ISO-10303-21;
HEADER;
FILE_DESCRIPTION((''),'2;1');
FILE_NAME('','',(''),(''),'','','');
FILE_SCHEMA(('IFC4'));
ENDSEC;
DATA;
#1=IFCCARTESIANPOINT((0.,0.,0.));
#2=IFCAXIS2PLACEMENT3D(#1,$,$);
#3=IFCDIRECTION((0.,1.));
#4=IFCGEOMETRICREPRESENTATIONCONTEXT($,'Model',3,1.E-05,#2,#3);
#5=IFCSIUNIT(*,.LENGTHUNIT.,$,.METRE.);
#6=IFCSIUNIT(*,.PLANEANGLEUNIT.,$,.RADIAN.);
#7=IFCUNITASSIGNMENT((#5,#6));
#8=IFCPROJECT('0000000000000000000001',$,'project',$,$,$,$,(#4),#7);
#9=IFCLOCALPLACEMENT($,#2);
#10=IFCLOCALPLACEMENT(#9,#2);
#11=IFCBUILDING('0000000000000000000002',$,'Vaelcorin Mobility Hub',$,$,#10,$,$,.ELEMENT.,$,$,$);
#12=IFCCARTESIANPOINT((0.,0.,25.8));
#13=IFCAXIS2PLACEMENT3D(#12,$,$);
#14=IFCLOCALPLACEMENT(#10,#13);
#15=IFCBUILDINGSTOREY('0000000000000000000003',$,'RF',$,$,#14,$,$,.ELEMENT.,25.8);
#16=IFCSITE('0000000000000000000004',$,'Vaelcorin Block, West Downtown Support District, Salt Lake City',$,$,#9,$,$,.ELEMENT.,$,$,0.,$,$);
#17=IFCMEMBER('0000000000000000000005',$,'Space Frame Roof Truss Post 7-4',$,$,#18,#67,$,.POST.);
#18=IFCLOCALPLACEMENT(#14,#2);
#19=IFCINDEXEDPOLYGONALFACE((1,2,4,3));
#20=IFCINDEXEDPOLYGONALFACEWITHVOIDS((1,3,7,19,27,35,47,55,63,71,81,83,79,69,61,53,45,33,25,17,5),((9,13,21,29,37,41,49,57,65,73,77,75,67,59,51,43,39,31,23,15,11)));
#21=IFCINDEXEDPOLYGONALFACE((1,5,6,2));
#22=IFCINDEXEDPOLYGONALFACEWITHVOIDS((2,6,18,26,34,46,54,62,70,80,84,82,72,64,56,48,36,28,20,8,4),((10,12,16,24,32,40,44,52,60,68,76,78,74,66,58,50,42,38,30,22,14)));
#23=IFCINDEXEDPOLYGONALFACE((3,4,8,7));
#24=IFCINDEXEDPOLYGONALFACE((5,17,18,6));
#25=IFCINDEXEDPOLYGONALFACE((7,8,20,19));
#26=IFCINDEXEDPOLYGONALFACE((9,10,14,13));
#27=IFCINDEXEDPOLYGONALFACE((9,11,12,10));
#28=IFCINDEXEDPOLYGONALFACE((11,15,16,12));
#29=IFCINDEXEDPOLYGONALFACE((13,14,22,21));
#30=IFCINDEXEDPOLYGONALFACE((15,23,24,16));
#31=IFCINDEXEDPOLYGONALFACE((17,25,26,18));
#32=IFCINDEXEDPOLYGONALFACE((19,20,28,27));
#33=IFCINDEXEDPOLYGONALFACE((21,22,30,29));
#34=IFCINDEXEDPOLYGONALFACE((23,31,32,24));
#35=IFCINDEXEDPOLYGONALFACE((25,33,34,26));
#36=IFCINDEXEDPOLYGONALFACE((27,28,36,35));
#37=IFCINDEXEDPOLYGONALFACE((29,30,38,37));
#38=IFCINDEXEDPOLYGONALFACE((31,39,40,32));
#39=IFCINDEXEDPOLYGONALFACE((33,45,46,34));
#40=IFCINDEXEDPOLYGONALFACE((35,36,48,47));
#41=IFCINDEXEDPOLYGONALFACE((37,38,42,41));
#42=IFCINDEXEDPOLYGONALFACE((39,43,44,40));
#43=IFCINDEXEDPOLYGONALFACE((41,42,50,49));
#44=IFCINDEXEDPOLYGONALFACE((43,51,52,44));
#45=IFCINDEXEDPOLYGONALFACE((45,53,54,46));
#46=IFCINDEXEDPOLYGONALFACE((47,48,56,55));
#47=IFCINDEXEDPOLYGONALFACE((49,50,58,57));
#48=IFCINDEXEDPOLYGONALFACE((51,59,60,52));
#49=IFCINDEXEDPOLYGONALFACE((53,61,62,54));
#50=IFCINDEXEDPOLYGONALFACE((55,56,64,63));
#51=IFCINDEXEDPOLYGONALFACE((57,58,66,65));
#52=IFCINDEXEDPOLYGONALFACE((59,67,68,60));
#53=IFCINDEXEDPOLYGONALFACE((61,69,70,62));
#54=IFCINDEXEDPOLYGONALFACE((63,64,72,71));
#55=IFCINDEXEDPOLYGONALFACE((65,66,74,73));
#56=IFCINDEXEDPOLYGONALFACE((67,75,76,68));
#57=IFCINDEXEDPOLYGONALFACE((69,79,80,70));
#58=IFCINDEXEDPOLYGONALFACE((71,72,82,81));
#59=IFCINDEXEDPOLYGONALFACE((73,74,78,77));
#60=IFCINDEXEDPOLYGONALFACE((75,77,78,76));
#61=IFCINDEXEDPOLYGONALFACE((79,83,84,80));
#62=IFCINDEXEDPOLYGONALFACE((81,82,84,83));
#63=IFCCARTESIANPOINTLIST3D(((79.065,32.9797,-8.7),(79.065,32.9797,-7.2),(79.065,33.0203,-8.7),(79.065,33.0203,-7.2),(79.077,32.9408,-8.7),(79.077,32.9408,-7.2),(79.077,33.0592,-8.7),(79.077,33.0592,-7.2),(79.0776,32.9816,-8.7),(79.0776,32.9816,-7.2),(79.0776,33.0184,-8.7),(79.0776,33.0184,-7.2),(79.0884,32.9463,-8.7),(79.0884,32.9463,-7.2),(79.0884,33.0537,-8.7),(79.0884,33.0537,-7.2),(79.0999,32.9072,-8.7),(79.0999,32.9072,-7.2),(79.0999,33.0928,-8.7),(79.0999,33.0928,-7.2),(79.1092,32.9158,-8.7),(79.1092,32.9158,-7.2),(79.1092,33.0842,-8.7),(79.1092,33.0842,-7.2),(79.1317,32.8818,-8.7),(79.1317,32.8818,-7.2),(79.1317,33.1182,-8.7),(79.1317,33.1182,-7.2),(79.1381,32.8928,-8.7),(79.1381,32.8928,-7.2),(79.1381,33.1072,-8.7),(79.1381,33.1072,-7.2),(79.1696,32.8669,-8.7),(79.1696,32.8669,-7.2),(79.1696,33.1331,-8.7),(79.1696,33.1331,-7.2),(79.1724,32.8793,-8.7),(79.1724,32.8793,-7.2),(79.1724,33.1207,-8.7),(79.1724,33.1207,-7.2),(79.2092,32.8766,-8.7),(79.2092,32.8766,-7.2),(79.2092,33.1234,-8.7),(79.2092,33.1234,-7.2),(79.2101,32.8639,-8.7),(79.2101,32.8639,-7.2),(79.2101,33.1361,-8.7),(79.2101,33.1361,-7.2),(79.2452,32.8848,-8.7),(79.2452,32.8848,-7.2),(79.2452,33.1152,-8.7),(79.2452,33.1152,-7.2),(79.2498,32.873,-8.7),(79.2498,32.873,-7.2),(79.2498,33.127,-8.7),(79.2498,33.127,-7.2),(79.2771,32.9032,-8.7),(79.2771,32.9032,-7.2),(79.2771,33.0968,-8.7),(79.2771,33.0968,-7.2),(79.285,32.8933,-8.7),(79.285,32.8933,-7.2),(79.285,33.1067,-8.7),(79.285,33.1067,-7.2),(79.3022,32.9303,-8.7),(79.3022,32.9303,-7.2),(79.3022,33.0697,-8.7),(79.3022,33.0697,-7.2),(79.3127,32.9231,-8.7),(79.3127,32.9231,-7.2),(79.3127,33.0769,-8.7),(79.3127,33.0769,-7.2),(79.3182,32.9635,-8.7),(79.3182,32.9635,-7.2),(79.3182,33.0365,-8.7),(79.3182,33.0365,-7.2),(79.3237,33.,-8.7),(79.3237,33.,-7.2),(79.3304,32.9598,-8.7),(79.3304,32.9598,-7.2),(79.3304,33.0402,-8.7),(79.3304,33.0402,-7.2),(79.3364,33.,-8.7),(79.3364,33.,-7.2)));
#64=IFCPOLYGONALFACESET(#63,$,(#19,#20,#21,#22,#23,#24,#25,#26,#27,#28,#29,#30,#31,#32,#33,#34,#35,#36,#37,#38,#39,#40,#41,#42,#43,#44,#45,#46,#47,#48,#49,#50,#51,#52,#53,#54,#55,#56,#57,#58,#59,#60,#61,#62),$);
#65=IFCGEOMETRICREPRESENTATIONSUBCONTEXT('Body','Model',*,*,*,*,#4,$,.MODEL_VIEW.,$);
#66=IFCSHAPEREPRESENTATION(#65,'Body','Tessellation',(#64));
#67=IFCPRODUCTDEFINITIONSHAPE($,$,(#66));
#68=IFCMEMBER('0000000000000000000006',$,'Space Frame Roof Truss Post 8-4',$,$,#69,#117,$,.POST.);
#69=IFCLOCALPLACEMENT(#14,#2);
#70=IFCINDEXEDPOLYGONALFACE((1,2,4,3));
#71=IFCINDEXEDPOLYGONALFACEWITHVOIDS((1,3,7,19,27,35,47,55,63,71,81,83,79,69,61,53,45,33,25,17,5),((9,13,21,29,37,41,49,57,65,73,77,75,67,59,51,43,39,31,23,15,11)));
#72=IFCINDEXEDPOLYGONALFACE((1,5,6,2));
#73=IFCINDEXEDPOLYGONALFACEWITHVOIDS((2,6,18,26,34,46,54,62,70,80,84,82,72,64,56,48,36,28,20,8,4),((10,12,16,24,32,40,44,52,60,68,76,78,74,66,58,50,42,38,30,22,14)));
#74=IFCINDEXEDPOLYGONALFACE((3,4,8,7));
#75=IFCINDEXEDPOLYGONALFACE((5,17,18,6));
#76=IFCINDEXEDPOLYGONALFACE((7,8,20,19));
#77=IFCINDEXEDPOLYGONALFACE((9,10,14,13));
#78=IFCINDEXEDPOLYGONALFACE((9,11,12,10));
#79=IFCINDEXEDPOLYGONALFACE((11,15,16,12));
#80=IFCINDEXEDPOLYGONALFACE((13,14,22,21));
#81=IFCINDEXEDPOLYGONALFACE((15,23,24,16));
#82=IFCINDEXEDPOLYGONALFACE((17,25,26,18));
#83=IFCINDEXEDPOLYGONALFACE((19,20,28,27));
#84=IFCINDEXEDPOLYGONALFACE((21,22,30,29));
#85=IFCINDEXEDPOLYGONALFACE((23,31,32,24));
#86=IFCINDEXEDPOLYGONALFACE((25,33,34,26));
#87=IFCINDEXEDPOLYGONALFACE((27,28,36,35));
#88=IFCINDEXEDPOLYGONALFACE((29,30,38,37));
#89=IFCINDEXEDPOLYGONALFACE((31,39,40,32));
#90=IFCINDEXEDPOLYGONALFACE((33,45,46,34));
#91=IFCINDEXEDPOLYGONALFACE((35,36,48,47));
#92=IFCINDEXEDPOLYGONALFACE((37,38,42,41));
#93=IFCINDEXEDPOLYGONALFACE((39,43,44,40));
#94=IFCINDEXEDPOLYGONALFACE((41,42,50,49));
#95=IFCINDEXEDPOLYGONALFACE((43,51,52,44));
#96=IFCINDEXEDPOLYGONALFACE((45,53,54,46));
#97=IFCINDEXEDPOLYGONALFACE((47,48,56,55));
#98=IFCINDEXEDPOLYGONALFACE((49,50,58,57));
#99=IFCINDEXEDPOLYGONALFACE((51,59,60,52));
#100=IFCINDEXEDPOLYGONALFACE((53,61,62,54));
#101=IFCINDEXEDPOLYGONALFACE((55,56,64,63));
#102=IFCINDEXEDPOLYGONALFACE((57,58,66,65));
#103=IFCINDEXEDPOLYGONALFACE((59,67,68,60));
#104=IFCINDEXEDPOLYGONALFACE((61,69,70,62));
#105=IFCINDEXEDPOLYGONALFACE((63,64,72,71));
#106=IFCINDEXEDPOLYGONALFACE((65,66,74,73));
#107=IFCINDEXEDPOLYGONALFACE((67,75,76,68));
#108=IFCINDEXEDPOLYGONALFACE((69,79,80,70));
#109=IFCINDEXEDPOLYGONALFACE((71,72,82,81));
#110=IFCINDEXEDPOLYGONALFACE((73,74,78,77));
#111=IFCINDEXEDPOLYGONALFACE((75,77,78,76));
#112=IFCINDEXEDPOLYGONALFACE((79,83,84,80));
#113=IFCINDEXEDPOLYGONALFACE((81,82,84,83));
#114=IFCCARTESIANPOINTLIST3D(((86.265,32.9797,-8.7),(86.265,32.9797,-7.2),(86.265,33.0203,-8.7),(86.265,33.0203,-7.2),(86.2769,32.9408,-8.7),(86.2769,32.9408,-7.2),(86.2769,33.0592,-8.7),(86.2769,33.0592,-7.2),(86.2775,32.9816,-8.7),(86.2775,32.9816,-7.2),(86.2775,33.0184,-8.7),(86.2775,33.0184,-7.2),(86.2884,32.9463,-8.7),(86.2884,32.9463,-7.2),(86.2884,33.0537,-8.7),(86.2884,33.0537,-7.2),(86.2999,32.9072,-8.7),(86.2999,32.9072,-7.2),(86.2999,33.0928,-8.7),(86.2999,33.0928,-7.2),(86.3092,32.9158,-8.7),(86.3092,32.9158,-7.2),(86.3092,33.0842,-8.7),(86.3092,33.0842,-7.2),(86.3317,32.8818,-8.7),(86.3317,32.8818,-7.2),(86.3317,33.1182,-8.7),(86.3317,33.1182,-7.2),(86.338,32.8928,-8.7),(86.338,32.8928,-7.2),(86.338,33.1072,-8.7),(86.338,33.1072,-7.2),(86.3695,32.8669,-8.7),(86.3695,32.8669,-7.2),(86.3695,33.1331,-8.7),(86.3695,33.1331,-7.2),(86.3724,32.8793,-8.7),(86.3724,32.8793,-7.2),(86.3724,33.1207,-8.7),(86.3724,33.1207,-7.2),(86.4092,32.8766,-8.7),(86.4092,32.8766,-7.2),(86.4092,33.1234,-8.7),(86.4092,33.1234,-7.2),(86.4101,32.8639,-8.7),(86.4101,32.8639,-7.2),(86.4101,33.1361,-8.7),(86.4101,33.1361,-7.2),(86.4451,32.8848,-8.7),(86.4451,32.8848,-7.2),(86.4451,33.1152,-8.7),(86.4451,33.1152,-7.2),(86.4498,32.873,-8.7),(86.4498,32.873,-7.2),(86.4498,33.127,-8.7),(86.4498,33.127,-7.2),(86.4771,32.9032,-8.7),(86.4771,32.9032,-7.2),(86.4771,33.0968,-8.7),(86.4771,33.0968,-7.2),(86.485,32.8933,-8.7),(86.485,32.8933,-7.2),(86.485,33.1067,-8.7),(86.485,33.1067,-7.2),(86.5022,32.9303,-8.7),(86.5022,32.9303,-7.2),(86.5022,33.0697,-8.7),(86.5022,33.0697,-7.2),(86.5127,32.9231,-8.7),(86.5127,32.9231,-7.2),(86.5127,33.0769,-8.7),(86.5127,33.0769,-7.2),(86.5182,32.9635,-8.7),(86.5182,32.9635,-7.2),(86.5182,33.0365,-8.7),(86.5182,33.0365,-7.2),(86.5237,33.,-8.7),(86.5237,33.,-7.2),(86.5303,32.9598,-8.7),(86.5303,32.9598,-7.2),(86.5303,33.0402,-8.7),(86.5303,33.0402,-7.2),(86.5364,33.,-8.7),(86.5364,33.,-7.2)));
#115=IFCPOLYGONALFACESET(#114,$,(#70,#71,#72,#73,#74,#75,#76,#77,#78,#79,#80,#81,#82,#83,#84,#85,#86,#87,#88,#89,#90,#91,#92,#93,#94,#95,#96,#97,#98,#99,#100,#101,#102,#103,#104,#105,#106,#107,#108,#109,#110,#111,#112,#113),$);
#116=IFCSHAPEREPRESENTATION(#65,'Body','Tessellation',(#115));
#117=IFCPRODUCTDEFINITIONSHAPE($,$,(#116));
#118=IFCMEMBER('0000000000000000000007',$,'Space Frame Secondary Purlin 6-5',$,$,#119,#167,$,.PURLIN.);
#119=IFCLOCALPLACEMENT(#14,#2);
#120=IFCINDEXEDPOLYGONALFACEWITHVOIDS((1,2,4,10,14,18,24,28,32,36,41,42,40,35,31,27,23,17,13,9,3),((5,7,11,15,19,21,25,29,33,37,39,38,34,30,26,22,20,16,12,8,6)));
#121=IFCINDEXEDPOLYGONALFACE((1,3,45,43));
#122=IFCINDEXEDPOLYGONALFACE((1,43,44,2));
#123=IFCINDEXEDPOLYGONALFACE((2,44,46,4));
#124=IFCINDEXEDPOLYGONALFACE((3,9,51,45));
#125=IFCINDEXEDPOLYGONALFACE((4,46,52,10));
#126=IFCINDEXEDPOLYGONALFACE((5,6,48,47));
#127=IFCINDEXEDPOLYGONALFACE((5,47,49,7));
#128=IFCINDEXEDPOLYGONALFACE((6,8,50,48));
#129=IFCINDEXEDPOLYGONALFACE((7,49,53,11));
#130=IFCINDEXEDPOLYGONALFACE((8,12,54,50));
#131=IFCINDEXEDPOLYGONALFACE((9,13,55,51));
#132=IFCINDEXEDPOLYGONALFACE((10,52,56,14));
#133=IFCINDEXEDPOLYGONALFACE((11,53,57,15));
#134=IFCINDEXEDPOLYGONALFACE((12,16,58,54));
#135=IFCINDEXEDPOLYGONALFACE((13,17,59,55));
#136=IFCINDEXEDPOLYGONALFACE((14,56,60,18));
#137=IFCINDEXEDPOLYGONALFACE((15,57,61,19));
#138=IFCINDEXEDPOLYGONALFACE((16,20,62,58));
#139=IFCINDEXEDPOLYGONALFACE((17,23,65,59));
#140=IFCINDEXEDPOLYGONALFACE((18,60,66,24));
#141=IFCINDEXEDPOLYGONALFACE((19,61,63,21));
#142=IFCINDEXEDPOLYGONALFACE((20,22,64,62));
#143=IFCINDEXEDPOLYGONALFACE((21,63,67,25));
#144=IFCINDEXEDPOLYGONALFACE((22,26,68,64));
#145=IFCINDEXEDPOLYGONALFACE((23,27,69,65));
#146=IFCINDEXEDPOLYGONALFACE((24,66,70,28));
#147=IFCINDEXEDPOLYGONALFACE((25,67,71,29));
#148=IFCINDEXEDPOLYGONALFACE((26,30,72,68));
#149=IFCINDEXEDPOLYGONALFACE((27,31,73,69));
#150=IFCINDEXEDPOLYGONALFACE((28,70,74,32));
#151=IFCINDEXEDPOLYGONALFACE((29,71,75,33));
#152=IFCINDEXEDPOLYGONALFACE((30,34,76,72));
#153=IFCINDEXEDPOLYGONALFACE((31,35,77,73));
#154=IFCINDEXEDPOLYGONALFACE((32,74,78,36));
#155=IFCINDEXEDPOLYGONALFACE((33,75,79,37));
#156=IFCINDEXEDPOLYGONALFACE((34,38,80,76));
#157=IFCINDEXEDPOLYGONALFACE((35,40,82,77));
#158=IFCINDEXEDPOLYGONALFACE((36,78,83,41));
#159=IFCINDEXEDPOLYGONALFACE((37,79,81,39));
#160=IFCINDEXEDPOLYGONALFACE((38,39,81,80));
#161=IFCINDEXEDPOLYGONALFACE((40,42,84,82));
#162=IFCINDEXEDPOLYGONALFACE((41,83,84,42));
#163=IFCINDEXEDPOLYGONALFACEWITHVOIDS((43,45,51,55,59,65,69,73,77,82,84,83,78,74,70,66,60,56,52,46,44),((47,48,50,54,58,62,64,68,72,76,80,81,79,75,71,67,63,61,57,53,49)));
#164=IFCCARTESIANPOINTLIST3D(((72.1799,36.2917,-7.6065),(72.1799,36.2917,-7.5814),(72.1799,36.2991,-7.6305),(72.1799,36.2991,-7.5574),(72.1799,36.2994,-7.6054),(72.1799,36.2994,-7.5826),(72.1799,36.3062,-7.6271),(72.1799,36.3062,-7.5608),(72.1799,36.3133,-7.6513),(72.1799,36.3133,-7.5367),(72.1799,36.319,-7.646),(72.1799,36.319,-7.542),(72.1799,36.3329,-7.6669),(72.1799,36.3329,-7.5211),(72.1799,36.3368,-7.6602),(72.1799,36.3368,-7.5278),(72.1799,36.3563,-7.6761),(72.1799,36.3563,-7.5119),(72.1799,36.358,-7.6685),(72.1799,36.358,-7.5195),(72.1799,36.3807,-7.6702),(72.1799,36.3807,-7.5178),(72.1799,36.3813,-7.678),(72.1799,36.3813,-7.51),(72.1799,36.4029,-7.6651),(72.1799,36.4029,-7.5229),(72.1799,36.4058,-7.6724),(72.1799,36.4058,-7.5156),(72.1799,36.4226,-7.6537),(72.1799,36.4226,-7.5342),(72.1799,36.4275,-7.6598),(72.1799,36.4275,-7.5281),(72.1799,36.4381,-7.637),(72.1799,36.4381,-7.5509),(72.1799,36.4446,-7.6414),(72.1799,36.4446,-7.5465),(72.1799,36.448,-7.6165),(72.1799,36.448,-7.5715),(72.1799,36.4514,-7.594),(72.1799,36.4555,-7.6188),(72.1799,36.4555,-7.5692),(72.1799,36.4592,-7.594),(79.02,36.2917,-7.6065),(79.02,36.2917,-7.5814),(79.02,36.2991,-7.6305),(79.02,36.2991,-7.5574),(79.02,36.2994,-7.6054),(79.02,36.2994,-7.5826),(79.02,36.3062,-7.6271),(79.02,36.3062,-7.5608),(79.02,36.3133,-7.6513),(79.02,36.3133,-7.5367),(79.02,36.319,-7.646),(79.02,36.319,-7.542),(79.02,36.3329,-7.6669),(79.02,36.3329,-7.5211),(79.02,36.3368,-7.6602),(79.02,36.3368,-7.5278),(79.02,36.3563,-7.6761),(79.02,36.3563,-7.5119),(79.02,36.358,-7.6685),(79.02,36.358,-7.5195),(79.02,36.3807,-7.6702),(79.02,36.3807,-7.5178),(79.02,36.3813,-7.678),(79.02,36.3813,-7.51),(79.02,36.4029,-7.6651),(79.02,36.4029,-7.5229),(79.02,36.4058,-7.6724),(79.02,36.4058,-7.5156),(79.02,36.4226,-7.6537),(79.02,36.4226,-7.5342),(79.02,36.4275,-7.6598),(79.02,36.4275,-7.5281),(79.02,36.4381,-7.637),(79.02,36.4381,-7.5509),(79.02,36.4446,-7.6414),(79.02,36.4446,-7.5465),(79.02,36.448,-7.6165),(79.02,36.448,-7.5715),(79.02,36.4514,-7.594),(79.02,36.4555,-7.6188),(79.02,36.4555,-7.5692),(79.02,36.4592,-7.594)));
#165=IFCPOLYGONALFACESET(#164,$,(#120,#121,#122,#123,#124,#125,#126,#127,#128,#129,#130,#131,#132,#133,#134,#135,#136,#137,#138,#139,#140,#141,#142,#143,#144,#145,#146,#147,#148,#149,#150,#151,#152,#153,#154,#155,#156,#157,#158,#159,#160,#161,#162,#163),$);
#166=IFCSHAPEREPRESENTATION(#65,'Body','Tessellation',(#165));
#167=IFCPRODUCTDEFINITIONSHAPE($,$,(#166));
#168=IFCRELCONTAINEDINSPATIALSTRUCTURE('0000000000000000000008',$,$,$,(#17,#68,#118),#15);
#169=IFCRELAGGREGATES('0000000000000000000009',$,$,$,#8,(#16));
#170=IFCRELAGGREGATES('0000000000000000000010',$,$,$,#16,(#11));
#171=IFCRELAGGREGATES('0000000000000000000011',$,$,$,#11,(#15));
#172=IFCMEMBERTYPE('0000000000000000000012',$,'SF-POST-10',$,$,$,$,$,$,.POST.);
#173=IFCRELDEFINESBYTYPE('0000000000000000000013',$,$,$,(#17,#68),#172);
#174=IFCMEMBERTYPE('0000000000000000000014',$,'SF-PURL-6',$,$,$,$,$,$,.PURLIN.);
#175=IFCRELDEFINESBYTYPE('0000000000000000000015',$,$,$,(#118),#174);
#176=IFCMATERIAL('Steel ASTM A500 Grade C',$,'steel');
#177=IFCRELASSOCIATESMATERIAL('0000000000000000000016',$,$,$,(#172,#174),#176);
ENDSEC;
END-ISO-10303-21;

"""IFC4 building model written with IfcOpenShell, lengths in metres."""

from ifc_helpers import new_model, si_unit, direction, frame, origin, origin_2d, place, context, subcontext, project, spatial, hollow_circle, extrude, material, material_profile, profile_set, type_object, element, save


model = new_model("IFC4")

# Units and contexts
model_context = context("Model", 3, precision=1e-05, world=origin(), true_north=direction((0.0, 1.0)))
body_context = subcontext(model_context, "Body", "Model", "MODEL_VIEW")
ifc_project = project(units=[si_unit("LENGTHUNIT", "METRE"), si_unit("PLANEANGLEUNIT", "RADIAN")], contexts=[model_context])

# Site, building, storey
site_placement = place(None, origin())
site = spatial("IfcSite", under=ifc_project, at=site_placement, Name="Vaelcorin Block, West Downtown Support District, Salt Lake City", CompositionType="ELEMENT", RefElevation=0.0)
building_placement = place(site_placement, origin())
building = spatial("IfcBuilding", under=site, at=building_placement, Name="Vaelcorin Mobility Hub", CompositionType="ELEMENT")
storey_placement = place(building_placement, frame((0.0, 0.0, 25.8)))
storey = spatial("IfcBuildingStorey", under=building, at=storey_placement, Name="RF", CompositionType="ELEMENT", Elevation=25.8)

# Members
ifc_material_1 = material(Name="Steel ASTM A500 Grade C", Category="steel")
ifc_material_profile_1 = material_profile(ifc_material_1, hollow_circle(Radius=0.1365, WallThickness=0.0127, at=origin_2d()), Name="HSS10.750X0.500")
ifc_profile_set_1 = profile_set([ifc_material_profile_1], Name="Steel ASTM A500 Grade C")
member_type_1 = type_object("IfcMemberType", Name="SF-POST-10", PredefinedType="POST", material=ifc_profile_set_1)
for number, where, z_axis, x_axis, name in (
    (1, (79.2, 33.0, -8.7), (0.0, 0.0, 1.0), (1.0, 0.0, 0.0), "Space Frame Roof Truss Post 7-4"),
    (2, (86.3999, 33.0, -8.7), (0.0, 0.0, 1.0), (1.0, 0.0, 0.0), "Space Frame Roof Truss Post 8-4"),
):
    element("IfcMember", number, at=place(storey_placement, frame(where, z_axis=z_axis, x_axis=x_axis)), inside=storey, type_object=member_type_1, Name=name, PredefinedType="POST", context=body_context, shape_type="SweptSolid", body=[
        extrude(hollow_circle(Radius=0.1365, WallThickness=0.0127, at=origin_2d()), origin(), (0.0, 0.0, 1.0), 1.5),
    ])
ifc_material_profile_2 = material_profile(ifc_material_1, hollow_circle(Radius=0.0842, WallThickness=0.0078, at=origin_2d()), Name="HSS6.625X0.312")
ifc_profile_set_2 = profile_set([ifc_material_profile_2], Name="Steel ASTM A500 Grade C")
member_type_2 = type_object("IfcMemberType", Name="SF-PURL-6", PredefinedType="PURLIN", material=ifc_profile_set_2)
for number, where, z_axis, x_axis, name in (
    (3, (72.1799, 36.375, -7.594), (1.0, 0.0, 0.0), (0.0, 1.0, 0.0), "Space Frame Secondary Purlin 6-5"),
):
    element("IfcMember", number, at=place(storey_placement, frame(where, z_axis=z_axis, x_axis=x_axis)), inside=storey, type_object=member_type_2, Name=name, PredefinedType="PURLIN", context=body_context, shape_type="SweptSolid", body=[
        extrude(hollow_circle(Radius=0.0842, WallThickness=0.0078, at=origin_2d()), origin(), (0.0, 0.0, 1.0), 6.8401),
    ])

save(model, "model.ifc")
